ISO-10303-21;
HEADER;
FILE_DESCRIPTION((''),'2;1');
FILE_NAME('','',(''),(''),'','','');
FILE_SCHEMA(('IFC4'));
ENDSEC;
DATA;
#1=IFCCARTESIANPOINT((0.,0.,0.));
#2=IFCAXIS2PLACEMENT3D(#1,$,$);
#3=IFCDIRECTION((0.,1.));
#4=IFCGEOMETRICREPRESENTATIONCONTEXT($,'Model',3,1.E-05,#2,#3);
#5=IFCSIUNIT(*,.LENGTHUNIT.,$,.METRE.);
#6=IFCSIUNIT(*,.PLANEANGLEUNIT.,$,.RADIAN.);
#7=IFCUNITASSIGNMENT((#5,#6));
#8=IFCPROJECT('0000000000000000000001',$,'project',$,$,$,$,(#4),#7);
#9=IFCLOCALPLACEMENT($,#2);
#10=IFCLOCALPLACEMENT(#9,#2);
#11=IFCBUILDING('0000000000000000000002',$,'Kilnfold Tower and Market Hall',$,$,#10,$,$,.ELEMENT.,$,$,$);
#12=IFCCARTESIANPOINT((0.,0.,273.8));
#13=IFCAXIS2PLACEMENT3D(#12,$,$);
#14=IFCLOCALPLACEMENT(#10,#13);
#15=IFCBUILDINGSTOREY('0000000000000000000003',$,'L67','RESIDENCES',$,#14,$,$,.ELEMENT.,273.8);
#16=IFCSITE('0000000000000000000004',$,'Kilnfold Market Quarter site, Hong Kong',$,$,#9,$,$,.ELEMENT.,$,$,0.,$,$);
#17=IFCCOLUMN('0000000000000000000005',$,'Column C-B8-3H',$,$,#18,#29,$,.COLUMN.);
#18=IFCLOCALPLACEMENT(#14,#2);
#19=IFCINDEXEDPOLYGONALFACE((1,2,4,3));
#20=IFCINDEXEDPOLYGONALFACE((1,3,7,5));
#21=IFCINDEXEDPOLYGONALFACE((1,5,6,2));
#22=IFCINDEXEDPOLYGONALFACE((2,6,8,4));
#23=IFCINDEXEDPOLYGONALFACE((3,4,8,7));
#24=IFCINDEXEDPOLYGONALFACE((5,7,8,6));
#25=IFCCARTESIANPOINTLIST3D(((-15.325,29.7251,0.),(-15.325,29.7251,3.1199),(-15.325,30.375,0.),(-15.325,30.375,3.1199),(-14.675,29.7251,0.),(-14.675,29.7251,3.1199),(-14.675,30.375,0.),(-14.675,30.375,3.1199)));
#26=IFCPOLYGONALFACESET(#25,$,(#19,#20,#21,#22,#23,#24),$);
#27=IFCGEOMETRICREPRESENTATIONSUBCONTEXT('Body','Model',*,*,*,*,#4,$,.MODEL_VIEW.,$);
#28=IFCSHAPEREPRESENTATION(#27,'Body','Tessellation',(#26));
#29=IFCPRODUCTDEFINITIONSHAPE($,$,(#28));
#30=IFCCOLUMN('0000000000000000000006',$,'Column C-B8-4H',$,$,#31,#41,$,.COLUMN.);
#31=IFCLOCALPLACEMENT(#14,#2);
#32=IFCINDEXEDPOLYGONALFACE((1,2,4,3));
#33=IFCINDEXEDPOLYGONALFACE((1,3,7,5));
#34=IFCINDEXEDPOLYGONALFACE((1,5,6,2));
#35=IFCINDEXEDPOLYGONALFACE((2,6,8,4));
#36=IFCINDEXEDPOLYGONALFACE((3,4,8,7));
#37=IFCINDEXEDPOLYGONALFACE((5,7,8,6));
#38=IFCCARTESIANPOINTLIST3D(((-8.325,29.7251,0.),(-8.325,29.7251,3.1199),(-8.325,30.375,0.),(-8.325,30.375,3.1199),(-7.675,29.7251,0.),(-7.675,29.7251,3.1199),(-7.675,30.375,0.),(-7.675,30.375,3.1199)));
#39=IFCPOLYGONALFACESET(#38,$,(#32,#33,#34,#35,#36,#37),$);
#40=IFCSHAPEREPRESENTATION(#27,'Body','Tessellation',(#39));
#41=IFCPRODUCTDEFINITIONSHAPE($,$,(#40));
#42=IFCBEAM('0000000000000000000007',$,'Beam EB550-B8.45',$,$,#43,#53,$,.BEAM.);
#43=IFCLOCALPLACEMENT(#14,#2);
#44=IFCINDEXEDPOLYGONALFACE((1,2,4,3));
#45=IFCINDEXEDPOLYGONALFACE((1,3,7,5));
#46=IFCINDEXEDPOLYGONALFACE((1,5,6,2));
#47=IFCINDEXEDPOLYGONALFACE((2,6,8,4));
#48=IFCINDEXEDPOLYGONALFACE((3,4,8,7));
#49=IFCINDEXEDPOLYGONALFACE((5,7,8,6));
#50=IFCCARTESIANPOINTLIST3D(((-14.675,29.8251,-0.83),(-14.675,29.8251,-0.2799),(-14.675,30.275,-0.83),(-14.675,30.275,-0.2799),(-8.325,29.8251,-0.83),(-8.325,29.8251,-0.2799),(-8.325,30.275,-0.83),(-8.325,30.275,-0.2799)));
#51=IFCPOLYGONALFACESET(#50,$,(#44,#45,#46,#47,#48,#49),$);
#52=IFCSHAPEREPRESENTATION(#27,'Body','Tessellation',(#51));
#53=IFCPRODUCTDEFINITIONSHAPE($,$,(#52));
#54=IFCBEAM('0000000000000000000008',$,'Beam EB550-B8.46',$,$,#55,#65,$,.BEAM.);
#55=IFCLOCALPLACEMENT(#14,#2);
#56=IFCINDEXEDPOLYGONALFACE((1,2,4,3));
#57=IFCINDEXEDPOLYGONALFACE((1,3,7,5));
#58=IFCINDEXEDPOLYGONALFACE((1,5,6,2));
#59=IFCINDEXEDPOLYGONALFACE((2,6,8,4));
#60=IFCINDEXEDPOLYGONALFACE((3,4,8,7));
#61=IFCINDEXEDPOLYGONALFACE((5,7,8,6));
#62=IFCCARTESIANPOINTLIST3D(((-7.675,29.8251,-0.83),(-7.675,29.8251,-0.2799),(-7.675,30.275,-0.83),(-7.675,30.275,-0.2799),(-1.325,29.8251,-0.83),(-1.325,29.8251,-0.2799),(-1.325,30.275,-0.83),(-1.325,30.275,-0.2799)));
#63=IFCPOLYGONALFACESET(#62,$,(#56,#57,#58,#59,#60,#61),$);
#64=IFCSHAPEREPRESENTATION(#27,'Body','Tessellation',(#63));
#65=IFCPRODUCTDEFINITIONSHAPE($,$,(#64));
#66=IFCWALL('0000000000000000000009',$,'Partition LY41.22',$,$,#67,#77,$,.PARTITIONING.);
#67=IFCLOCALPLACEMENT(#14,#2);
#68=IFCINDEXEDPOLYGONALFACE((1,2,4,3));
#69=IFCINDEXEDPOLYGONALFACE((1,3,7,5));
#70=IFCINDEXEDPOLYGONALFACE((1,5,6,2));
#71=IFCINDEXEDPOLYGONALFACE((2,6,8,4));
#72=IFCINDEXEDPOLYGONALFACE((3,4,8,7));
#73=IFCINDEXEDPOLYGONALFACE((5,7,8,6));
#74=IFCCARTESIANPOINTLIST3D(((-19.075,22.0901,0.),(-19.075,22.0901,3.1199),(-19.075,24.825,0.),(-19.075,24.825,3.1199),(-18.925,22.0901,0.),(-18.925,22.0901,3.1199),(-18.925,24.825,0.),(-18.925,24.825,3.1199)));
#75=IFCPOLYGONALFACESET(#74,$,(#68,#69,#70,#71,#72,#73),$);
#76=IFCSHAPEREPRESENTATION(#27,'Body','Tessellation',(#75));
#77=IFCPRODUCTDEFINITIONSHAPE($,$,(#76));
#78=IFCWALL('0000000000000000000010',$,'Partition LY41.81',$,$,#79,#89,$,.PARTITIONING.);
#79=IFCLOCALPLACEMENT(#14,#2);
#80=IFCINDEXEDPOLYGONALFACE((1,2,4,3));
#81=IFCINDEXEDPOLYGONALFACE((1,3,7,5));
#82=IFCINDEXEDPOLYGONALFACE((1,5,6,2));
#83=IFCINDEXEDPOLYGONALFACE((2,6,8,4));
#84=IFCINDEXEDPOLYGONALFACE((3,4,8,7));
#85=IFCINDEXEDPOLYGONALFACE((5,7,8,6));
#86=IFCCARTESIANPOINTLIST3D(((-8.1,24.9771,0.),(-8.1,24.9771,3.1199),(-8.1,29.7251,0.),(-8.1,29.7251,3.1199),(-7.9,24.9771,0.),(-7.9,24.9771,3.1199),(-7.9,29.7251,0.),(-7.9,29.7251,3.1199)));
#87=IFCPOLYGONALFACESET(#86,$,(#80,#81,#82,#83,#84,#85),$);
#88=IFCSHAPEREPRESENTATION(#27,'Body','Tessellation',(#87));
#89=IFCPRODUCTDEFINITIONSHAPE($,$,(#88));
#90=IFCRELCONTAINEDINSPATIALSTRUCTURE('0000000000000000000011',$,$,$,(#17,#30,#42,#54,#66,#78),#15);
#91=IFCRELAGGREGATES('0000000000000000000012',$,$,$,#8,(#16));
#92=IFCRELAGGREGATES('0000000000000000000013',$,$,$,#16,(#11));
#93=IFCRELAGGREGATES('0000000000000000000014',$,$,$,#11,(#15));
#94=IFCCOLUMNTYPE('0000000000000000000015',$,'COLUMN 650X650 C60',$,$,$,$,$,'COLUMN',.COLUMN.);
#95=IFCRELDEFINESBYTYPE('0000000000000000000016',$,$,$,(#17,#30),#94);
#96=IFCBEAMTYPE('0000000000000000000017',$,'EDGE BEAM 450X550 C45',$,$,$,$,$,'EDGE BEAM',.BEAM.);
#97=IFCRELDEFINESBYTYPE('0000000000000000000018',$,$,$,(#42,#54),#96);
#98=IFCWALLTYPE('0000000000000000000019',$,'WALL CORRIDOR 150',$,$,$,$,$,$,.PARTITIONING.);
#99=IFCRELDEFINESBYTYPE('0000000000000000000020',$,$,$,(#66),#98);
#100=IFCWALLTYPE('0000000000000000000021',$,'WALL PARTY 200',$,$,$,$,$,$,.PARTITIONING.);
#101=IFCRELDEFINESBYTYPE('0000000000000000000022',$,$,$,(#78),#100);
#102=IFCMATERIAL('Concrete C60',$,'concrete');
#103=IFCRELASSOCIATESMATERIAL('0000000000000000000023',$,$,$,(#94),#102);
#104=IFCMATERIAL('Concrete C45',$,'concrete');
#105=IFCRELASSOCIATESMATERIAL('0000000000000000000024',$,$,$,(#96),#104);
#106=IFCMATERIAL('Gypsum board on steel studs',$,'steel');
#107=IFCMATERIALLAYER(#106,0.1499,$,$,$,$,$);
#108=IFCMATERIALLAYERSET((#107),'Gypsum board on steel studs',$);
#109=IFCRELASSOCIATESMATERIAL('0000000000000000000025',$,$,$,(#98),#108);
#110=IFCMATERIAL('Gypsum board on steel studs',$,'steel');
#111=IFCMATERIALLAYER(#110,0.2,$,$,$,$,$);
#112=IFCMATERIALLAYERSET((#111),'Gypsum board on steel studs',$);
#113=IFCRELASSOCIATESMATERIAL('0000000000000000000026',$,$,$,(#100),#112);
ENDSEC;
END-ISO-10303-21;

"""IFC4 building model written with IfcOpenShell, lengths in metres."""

from ifc_helpers import new_model, si_unit, direction, frame, frame_2d, origin, origin_2d, place, context, subcontext, project, spatial, rectangle, extrude, source, transform, mapped, material, layer, layer_set, material_profile, profile_set, type_object, element, save


model = new_model("IFC4")

# Units and contexts
model_context = context("Model", 3, precision=1e-05, world=origin(), true_north=direction((0.0, 1.0)))
body_context = subcontext(model_context, "Body", "Model", "MODEL_VIEW")
ifc_project = project(units=[si_unit("LENGTHUNIT", "METRE"), si_unit("PLANEANGLEUNIT", "RADIAN")], contexts=[model_context])

# Site, building, storey
site_placement = place(None, origin())
site = spatial("IfcSite", under=ifc_project, at=site_placement, Name="Kilnfold Market Quarter site, Hong Kong", CompositionType="ELEMENT", RefElevation=0.0)
building_placement = place(site_placement, origin())
building = spatial("IfcBuilding", under=site, at=building_placement, Name="Kilnfold Tower and Market Hall", CompositionType="ELEMENT")
storey_placement = place(building_placement, frame((0.0, 0.0, 273.8)))
storey = spatial("IfcBuildingStorey", under=building, at=storey_placement, Name="L67", Description="RESIDENCES", CompositionType="ELEMENT", Elevation=273.8)

# Columns
ifc_material_1 = material(Name="Concrete C60", Category="concrete")
ifc_material_profile_1 = material_profile(ifc_material_1, rectangle(XDim=0.6499, YDim=0.6499, at=origin_2d()), Name="RC 650x650")
ifc_profile_set_1 = profile_set([ifc_material_profile_1], Name="Concrete C60")
column_type = type_object("IfcColumnType", Name="COLUMN 650X650 C60", ElementType="COLUMN", PredefinedType="COLUMN", material=ifc_profile_set_1)
shared_shape_1 = source(origin(), body_context, "Body", "SweptSolid", [
    extrude(rectangle(XDim=0.6499, YDim=0.6499, at=origin_2d()), origin(), (0.0, 0.0, 1.0), 3.1199),
])
for number, where, z_axis, x_axis, name in (
    (1, (-15.0, 30.05, 0.0), (0.0, 0.0, 1.0), (1.0, 0.0, 0.0), "Column C-B8-3H"),
    (2, (-8.0, 30.05, 0.0), (0.0, 0.0, 1.0), (1.0, 0.0, 0.0), "Column C-B8-4H"),
):
    element("IfcColumn", number, at=place(storey_placement, frame(where, z_axis=z_axis, x_axis=x_axis)), inside=storey, type_object=column_type, Name=name, PredefinedType="COLUMN", context=body_context, shape_type="MappedRepresentation", body=[
        mapped(shared_shape_1, transform((0.0, 0.0, 0.0))),
    ])

# Beams
ifc_material_2 = material(Name="Concrete C45", Category="concrete")
ifc_material_profile_2 = material_profile(ifc_material_2, rectangle(XDim=0.45, YDim=0.55, at=origin_2d()), Name="RC 450x550")
ifc_profile_set_2 = profile_set([ifc_material_profile_2], Name="Concrete C45")
beam_type = type_object("IfcBeamType", Name="EDGE BEAM 450X550 C45", ElementType="EDGE BEAM", PredefinedType="BEAM", material=ifc_profile_set_2)
shared_shape_2 = source(origin(), body_context, "Body", "SweptSolid", [
    extrude(rectangle(XDim=0.45, YDim=0.55, at=origin_2d()), origin(), (0.0, 0.0, 1.0), 6.3501),
])
for number, where, z_axis, x_axis, name in (
    (3, (-14.675, 30.05, -0.5549), (1.0, 0.0, 0.0), (0.0, 1.0, 0.0), "Beam EB550-B8.45"),
    (4, (-7.675, 30.05, -0.5549), (1.0, 0.0, 0.0), (0.0, 1.0, 0.0), "Beam EB550-B8.46"),
):
    element("IfcBeam", number, at=place(storey_placement, frame(where, z_axis=z_axis, x_axis=x_axis)), inside=storey, type_object=beam_type, Name=name, PredefinedType="BEAM", context=body_context, shape_type="MappedRepresentation", body=[
        mapped(shared_shape_2, transform((0.0, 0.0, 0.0))),
    ])

# Walls
ifc_material_3 = material(Name="Gypsum board on steel studs", Category="steel")
ifc_layer_1 = layer(ifc_material_3, 0.1499)
ifc_layer_set_1 = layer_set([ifc_layer_1], Name="Gypsum board on steel studs")
wall_type_1 = type_object("IfcWallType", Name="WALL CORRIDOR 150", PredefinedType="PARTITIONING", material=ifc_layer_set_1)
wall_1_placement = place(storey_placement, frame((-19.0, 22.0901, 0.0), z_axis=(0.0, 0.0, 1.0), x_axis=(0.0, 1.0, 0.0)))
element("IfcWall", 5, at=wall_1_placement, inside=storey, type_object=wall_type_1, Name="Partition LY41.22", PredefinedType="PARTITIONING", context=body_context, shape_type="SweptSolid", body=[
    extrude(rectangle(XDim=2.7349, YDim=0.1499, at=frame_2d((1.3674, 0.0))), origin(), (0.0, 0.0, 1.0), 3.1199),
])
ifc_material_4 = material(Name="Gypsum board on steel studs", Category="steel")
ifc_layer_2 = layer(ifc_material_4, 0.2)
ifc_layer_set_2 = layer_set([ifc_layer_2], Name="Gypsum board on steel studs")
wall_type_2 = type_object("IfcWallType", Name="WALL PARTY 200", PredefinedType="PARTITIONING", material=ifc_layer_set_2)
wall_2_placement = place(storey_placement, frame((-8.0, 29.7251, 0.0), z_axis=(0.0, 0.0, 1.0), x_axis=(0.0, -1.0, 0.0)))
element("IfcWall", 6, at=wall_2_placement, inside=storey, type_object=wall_type_2, Name="Partition LY41.81", PredefinedType="PARTITIONING", context=body_context, shape_type="SweptSolid", body=[
    extrude(rectangle(XDim=4.748, YDim=0.2, at=frame_2d((2.374, 0.0))), origin(), (0.0, 0.0, 1.0), 3.1199),
])

save(model, "model.ifc")
